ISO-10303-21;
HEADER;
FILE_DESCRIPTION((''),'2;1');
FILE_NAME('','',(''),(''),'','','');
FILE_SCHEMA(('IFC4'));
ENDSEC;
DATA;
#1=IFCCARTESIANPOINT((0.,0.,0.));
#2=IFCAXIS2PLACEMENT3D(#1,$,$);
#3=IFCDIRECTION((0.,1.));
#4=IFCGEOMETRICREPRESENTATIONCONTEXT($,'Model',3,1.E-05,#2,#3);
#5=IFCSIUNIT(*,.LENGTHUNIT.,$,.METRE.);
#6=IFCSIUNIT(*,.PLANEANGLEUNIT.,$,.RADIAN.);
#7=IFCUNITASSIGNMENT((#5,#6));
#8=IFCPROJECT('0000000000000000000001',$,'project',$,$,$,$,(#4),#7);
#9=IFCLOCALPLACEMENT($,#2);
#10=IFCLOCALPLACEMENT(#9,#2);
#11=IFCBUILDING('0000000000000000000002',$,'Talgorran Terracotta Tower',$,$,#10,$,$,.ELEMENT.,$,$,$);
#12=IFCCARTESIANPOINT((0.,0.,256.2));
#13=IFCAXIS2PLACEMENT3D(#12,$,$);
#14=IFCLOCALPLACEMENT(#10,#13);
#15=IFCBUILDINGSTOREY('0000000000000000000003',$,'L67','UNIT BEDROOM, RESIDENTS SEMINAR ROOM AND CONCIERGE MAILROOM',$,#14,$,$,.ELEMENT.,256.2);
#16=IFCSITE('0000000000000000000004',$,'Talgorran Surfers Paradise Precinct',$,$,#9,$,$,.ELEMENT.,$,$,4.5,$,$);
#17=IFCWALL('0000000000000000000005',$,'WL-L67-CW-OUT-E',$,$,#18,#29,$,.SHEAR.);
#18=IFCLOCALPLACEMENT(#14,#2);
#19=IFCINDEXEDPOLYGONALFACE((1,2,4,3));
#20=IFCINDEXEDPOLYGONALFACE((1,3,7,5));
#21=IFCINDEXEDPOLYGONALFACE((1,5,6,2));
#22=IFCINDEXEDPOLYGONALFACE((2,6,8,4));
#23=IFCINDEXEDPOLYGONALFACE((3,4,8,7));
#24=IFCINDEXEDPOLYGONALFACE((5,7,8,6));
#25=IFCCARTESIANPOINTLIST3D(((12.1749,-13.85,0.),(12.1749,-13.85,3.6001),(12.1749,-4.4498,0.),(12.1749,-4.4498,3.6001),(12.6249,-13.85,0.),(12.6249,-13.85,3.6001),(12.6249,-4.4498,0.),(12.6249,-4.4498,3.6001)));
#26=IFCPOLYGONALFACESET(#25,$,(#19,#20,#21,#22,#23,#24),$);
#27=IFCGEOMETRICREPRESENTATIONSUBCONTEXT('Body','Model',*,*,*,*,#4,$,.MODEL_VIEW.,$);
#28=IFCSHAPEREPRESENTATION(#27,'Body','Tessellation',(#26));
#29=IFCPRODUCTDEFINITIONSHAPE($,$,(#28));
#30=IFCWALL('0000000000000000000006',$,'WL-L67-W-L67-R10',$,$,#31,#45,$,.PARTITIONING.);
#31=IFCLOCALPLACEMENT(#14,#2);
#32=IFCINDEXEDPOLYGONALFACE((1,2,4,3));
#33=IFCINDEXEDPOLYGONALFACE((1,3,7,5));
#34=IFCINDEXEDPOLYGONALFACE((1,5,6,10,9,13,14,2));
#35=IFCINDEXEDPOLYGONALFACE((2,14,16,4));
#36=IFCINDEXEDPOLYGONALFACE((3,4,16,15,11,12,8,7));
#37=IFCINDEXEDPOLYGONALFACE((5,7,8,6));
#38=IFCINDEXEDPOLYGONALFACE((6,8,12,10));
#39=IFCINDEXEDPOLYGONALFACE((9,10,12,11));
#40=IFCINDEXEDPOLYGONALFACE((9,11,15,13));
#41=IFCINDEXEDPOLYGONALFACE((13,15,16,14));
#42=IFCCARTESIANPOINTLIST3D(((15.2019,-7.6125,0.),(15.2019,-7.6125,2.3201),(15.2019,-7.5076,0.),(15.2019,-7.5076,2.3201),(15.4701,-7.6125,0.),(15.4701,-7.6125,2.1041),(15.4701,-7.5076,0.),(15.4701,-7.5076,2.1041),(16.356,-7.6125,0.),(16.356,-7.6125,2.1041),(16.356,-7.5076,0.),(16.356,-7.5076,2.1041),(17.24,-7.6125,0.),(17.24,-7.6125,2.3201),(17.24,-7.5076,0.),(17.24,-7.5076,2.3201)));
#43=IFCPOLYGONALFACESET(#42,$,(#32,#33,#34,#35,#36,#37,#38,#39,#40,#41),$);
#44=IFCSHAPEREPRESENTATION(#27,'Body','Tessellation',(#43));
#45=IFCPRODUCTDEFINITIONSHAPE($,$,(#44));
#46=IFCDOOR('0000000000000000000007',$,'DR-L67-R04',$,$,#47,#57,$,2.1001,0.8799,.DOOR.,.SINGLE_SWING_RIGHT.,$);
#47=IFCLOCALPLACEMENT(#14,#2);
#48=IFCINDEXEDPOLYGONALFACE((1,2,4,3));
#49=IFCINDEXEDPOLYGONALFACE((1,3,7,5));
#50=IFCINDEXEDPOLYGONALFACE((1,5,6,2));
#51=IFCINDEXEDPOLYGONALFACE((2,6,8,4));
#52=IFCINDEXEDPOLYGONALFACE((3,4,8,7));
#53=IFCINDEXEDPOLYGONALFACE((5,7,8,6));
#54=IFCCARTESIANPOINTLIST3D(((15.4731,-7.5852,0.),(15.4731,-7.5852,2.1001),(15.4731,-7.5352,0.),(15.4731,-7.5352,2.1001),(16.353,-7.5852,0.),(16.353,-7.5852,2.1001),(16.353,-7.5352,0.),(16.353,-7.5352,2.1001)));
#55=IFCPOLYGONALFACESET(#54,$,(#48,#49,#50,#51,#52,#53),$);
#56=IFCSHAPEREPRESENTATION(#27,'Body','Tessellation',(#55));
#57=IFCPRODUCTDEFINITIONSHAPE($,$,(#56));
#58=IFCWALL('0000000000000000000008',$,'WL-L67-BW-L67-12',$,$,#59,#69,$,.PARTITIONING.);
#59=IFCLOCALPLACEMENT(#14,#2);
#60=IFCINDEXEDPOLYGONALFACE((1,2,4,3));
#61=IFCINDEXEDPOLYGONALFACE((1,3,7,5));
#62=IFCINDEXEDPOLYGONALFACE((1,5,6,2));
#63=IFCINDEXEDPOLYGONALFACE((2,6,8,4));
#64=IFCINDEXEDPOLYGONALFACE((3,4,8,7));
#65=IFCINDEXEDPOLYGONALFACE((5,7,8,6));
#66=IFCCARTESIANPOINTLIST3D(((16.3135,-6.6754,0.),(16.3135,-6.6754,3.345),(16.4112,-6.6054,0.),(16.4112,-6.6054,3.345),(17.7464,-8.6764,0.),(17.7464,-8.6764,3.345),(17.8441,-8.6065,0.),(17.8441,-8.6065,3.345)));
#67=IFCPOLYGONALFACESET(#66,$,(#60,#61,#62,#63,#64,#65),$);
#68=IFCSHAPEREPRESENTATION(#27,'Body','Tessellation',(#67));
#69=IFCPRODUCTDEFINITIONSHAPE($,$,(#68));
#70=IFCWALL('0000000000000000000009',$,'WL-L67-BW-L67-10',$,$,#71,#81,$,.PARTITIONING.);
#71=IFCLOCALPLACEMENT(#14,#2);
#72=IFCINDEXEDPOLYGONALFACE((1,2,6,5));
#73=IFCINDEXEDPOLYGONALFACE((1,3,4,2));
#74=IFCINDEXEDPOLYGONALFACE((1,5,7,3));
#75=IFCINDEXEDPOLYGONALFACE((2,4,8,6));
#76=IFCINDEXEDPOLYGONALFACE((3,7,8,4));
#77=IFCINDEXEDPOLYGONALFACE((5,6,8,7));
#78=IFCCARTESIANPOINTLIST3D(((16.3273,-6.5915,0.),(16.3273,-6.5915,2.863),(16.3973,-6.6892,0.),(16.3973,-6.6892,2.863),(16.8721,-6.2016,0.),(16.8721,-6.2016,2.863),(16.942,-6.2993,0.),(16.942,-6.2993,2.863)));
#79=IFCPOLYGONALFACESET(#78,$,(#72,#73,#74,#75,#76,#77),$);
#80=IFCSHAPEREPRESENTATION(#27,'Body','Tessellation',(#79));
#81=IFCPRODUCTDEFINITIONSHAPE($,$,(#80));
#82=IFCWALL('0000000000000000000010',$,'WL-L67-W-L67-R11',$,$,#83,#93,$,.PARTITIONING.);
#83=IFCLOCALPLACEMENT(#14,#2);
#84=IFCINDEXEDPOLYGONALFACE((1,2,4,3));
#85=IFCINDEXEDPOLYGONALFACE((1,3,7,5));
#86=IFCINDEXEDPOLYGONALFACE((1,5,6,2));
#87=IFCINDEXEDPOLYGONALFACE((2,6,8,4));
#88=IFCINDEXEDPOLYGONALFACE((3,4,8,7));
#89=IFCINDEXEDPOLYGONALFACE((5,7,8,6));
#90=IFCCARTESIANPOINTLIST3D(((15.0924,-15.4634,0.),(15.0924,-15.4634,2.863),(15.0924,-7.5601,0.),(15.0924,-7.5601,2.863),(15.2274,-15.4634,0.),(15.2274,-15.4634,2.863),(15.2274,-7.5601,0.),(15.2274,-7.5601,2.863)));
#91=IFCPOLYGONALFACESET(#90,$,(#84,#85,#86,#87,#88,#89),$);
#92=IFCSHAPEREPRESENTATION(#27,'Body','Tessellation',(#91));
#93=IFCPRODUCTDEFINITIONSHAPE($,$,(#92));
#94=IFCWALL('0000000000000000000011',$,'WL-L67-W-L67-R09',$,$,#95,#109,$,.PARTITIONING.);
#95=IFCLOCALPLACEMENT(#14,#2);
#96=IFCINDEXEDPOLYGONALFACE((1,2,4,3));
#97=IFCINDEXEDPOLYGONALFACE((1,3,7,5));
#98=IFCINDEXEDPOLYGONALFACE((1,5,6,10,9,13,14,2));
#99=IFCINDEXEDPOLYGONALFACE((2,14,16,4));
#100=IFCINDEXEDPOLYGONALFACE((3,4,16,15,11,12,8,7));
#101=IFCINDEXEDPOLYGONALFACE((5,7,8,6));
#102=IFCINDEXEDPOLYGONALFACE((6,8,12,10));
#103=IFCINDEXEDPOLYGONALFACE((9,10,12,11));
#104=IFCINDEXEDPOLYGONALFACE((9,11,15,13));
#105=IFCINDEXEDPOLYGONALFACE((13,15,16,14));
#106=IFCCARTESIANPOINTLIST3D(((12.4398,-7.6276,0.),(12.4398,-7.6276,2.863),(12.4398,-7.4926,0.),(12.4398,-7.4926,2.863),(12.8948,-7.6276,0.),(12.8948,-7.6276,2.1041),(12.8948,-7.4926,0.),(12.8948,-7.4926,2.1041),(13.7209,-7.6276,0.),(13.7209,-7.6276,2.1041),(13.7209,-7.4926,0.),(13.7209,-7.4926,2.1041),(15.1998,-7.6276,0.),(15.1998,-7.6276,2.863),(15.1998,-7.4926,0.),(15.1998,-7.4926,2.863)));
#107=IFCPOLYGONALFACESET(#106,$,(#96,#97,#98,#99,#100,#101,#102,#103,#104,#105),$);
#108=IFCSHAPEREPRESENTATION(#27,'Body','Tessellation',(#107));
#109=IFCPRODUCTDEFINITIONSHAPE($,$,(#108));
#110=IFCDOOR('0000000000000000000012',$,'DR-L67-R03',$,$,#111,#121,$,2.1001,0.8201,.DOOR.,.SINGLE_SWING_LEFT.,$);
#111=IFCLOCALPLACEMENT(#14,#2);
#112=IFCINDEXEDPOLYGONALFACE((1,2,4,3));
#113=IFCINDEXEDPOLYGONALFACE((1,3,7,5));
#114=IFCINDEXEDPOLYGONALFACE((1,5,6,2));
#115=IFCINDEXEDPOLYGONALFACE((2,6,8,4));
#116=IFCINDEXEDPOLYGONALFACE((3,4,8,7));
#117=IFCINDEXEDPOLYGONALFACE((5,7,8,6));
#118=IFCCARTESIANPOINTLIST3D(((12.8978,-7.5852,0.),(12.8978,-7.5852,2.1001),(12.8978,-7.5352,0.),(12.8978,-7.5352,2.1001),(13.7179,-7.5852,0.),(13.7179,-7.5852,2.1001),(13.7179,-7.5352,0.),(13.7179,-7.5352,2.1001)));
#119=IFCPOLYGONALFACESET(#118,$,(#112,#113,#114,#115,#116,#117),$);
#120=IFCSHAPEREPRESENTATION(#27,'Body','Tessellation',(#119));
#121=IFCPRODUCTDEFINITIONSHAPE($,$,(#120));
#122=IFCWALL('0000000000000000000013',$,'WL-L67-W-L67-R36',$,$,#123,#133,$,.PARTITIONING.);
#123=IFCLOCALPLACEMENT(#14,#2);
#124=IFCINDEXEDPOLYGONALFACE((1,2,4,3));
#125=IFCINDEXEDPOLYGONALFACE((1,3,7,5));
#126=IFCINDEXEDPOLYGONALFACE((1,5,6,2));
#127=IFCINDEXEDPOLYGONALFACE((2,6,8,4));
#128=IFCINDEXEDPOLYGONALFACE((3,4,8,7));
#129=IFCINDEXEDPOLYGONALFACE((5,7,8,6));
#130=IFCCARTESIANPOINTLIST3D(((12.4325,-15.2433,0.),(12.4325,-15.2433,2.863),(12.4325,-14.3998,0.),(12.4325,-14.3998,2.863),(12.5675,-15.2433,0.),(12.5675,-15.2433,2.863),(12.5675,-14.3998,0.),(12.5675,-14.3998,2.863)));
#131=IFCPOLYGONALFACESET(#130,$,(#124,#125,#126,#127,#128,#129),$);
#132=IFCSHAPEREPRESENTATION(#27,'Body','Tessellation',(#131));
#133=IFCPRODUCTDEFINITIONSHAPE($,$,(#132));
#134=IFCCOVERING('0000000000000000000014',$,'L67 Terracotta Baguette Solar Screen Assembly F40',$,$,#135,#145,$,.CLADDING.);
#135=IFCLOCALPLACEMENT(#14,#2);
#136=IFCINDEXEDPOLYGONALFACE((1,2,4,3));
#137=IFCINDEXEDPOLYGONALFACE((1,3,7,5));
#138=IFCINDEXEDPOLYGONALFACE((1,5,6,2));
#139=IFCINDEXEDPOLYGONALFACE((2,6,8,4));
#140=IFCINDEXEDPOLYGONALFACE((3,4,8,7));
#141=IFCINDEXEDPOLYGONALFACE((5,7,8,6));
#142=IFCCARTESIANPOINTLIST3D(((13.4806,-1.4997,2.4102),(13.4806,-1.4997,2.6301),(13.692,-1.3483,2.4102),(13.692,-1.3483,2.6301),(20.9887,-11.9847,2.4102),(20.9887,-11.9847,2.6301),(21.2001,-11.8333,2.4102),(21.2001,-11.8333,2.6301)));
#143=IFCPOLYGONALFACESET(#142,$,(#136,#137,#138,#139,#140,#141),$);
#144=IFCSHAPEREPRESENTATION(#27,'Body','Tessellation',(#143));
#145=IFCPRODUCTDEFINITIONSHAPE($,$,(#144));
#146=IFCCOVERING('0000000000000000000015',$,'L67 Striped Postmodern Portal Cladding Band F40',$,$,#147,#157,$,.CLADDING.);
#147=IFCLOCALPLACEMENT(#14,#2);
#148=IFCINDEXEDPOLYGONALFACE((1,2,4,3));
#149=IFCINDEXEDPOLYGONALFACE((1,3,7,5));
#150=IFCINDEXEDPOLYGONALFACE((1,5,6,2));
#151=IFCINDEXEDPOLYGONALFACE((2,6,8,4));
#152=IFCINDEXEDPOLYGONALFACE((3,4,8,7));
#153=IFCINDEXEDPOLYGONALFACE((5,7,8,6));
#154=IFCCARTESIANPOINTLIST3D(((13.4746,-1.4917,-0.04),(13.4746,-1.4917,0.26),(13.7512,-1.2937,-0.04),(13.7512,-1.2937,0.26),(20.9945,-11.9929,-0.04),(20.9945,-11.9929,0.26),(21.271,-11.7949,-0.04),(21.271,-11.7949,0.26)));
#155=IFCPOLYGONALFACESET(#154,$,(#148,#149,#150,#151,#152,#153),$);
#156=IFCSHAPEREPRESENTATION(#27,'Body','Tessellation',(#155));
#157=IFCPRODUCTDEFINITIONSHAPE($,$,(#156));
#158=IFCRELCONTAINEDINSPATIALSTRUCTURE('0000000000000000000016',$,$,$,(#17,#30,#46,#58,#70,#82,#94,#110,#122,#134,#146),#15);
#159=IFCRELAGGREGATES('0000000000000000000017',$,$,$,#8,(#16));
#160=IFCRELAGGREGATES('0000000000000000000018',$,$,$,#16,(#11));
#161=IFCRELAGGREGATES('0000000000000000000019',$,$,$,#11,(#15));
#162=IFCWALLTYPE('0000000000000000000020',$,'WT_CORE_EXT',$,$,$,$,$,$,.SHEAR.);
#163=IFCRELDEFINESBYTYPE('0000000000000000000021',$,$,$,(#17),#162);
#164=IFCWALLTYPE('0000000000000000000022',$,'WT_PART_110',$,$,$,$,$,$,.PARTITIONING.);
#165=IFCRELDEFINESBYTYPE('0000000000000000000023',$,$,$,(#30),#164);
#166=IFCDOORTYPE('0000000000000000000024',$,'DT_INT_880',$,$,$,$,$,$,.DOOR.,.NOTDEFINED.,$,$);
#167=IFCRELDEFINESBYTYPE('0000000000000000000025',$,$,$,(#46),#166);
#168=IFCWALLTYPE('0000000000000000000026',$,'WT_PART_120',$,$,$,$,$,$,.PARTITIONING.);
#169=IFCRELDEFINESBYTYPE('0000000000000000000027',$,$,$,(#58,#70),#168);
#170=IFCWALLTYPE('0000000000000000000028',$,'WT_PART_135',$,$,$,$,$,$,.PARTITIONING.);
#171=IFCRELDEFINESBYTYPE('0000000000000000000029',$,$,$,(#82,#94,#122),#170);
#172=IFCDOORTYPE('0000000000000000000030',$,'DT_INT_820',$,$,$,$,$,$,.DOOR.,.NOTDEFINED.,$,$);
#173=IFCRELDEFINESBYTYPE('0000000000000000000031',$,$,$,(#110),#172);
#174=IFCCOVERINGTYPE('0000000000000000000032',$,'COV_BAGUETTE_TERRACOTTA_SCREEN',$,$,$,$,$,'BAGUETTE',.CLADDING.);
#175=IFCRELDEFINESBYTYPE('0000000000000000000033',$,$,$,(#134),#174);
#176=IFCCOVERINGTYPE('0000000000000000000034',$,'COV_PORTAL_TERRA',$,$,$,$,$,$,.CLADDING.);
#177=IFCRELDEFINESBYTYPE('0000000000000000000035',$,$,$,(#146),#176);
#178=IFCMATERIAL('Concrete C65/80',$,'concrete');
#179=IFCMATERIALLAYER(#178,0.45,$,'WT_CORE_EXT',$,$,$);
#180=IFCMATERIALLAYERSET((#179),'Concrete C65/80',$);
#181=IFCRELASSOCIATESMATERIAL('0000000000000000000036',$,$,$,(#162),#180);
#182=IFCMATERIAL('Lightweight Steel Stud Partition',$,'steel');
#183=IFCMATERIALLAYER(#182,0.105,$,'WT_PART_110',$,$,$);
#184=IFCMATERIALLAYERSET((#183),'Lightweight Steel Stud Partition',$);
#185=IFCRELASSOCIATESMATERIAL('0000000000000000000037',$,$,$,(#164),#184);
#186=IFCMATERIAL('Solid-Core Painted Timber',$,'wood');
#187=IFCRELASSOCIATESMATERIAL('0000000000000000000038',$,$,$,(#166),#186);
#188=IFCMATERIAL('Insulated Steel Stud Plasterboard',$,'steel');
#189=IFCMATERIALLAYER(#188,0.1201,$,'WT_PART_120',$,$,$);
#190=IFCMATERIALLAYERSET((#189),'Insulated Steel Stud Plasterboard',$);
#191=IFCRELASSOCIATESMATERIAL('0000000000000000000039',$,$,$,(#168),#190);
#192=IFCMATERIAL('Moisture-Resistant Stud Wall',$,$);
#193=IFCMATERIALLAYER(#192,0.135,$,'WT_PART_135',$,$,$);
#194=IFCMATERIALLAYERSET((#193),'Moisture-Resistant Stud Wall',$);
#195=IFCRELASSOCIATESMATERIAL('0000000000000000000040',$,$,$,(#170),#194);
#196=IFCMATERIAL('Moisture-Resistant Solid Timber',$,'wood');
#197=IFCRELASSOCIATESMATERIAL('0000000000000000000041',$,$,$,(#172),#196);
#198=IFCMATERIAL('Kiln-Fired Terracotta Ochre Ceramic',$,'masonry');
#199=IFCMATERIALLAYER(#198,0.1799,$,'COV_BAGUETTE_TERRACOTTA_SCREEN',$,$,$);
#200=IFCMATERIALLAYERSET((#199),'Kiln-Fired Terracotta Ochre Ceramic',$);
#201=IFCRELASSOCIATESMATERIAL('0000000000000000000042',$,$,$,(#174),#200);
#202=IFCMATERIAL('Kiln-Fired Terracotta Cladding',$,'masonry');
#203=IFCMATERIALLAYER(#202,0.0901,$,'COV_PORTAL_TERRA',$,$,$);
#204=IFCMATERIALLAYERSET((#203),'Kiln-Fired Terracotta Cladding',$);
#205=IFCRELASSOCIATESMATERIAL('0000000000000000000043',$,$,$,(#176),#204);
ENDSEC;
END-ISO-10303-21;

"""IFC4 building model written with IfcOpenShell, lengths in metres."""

from ifc_helpers import new_model, si_unit, direction, frame, frame_2d, origin, origin_2d, place, context, subcontext, project, spatial, rectangle, extrude, material, layer, layer_set, type_object, element, fill, save


model = new_model("IFC4")

# Units and contexts
model_context = context("Model", 3, precision=1e-05, world=origin(), true_north=direction((0.0, 1.0)))
body_context = subcontext(model_context, "Body", "Model", "MODEL_VIEW")
ifc_project = project(units=[si_unit("LENGTHUNIT", "METRE"), si_unit("PLANEANGLEUNIT", "RADIAN")], contexts=[model_context])

# Site, building, storey
site_placement = place(None, origin())
site = spatial("IfcSite", under=ifc_project, at=site_placement, Name="Talgorran Surfers Paradise Precinct", CompositionType="ELEMENT", RefElevation=4.5)
building_placement = place(site_placement, origin())
building = spatial("IfcBuilding", under=site, at=building_placement, Name="Talgorran Terracotta Tower", CompositionType="ELEMENT")
storey_placement = place(building_placement, frame((0.0, 0.0, 256.2)))
storey = spatial("IfcBuildingStorey", under=building, at=storey_placement, Name="L67", Description="UNIT BEDROOM, RESIDENTS SEMINAR ROOM AND CONCIERGE MAILROOM", CompositionType="ELEMENT", Elevation=256.2)

# Wall
ifc_material_1 = material(Name="Concrete C65/80", Category="concrete")
ifc_layer_1 = layer(ifc_material_1, 0.45, Name="WT_CORE_EXT")
ifc_layer_set_1 = layer_set([ifc_layer_1], Name="Concrete C65/80")
wall_type_1 = type_object("IfcWallType", Name="WT_CORE_EXT", PredefinedType="SHEAR", material=ifc_layer_set_1)
wall_1_placement = place(storey_placement, frame((12.3999, -13.8501, 0.0), z_axis=(0.0, 0.0, 1.0), x_axis=(0.0, 1.0, 0.0)))
element("IfcWall", 1, at=wall_1_placement, inside=storey, type_object=wall_type_1, Name="WL-L67-CW-OUT-E", PredefinedType="SHEAR", context=body_context, shape_type="SweptSolid", body=[
    extrude(rectangle(XDim=9.4001, YDim=0.45, at=frame_2d((4.7002, 0.0))), origin(), (0.0, 0.0, 1.0), 3.6001),
])

# Wall, opening, door
ifc_material_2 = material(Name="Lightweight Steel Stud Partition", Category="steel")
ifc_layer_2 = layer(ifc_material_2, 0.105, Name="WT_PART_110")
ifc_layer_set_2 = layer_set([ifc_layer_2], Name="Lightweight Steel Stud Partition")
wall_type_2 = type_object("IfcWallType", Name="WT_PART_110", PredefinedType="PARTITIONING", material=ifc_layer_set_2)
wall_2_placement = place(storey_placement, frame((15.2019, -7.5601, 0.0), z_axis=(0.0, 0.0, 1.0), x_axis=(1.0, 0.0, 0.0)))
wall_2 = element("IfcWall", 2, at=wall_2_placement, inside=storey, type_object=wall_type_2, Name="WL-L67-W-L67-R10", PredefinedType="PARTITIONING", context=body_context, shape_type="SweptSolid", body=[
    extrude(rectangle(XDim=2.0381, YDim=0.105, at=frame_2d((1.019, 0.0))), origin(), (0.0, 0.0, 1.0), 2.3201),
])
opening_1_placement = place(wall_2_placement, frame((0.2712, 0.0, 0.0)))
opening_1 = element("IfcOpeningElement", 3, at=opening_1_placement, cuts=wall_2, PredefinedType="OPENING", context=body_context, shape_type="SweptSolid", body=[
    extrude(rectangle(XDim=0.8859, YDim=2.1041, at=frame_2d((0.4399, 1.052))), frame((0.0, 0.0625, 0.0), z_axis=(0.0, -1.0, 0.0), x_axis=(1.0, 0.0, 0.0)), (0.0, 0.0, 1.0), 0.125),
])
ifc_material_3 = material(Name="Solid-Core Painted Timber", Category="wood")
door_type_1 = type_object("IfcDoorType", Name="DT_INT_880", OperationType="NOTDEFINED", PredefinedType="DOOR", material=ifc_material_3)
door_1_placement = place(opening_1_placement, origin())
door_1 = element("IfcDoor", 4, at=door_1_placement, inside=storey, type_object=door_type_1, Name="DR-L67-R04", OperationType="SINGLE_SWING_RIGHT", OverallHeight=2.1001, OverallWidth=0.8799, PredefinedType="DOOR", context=body_context, shape_type="SweptSolid", body=[
    extrude(rectangle(XDim=0.8799, YDim=2.1001, at=frame_2d((0.4399, 1.05))), frame((0.0, 0.0249, 0.0), z_axis=(0.0, -1.0, 0.0), x_axis=(1.0, 0.0, 0.0)), (0.0, 0.0, 1.0), 0.05),
])
fill(opening_1, door_1)

# Walls
ifc_material_4 = material(Name="Insulated Steel Stud Plasterboard", Category="steel")
ifc_layer_3 = layer(ifc_material_4, 0.1201, Name="WT_PART_120")
ifc_layer_set_3 = layer_set([ifc_layer_3], Name="Insulated Steel Stud Plasterboard")
wall_type_3 = type_object("IfcWallType", Name="WT_PART_120", PredefinedType="PARTITIONING", material=ifc_layer_set_3)
wall_3_placement = place(storey_placement, frame((17.7952, -8.6414, 0.0), z_axis=(0.0, 0.0, 1.0), x_axis=(-0.582204, 0.813043, 0.0)))
element("IfcWall", 5, at=wall_3_placement, inside=storey, type_object=wall_type_3, Name="WL-L67-BW-L67-12", PredefinedType="PARTITIONING", context=body_context, shape_type="SweptSolid", body=[
    extrude(rectangle(XDim=2.4612, YDim=0.1201, at=frame_2d((1.2305, 0.0))), origin(), (0.0, 0.0, 1.0), 3.345),
])
wall_4_placement = place(storey_placement, frame((16.3623, -6.6404, 0.0), z_axis=(0.0, 0.0, 1.0), x_axis=(0.813142, 0.582065, 0.0)))
element("IfcWall", 6, at=wall_4_placement, inside=storey, type_object=wall_type_3, Name="WL-L67-BW-L67-10", PredefinedType="PARTITIONING", context=body_context, shape_type="SweptSolid", body=[
    extrude(rectangle(XDim=0.6699, YDim=0.1201, at=frame_2d((0.335, 0.0))), origin(), (0.0, 0.0, 1.0), 2.863),
])
ifc_material_5 = material(Name="Moisture-Resistant Stud Wall")
ifc_layer_4 = layer(ifc_material_5, 0.135, Name="WT_PART_135")
ifc_layer_set_4 = layer_set([ifc_layer_4], Name="Moisture-Resistant Stud Wall")
wall_type_4 = type_object("IfcWallType", Name="WT_PART_135", PredefinedType="PARTITIONING", material=ifc_layer_set_4)
wall_5_placement = place(storey_placement, frame((15.1599, -15.4634, 0.0), z_axis=(0.0, 0.0, 1.0), x_axis=(0.0, 1.0, 0.0)))
element("IfcWall", 7, at=wall_5_placement, inside=storey, type_object=wall_type_4, Name="WL-L67-W-L67-R11", PredefinedType="PARTITIONING", context=body_context, shape_type="SweptSolid", body=[
    extrude(rectangle(XDim=7.9033, YDim=0.135, at=frame_2d((3.9517, 0.0))), origin(), (0.0, 0.0, 1.0), 2.863),
])

# Wall, opening, door
wall_6_placement = place(storey_placement, frame((12.4399, -7.5601, 0.0), z_axis=(0.0, 0.0, 1.0), x_axis=(1.0, 0.0, 0.0)))
wall_6 = element("IfcWall", 8, at=wall_6_placement, inside=storey, type_object=wall_type_4, Name="WL-L67-W-L67-R09", PredefinedType="PARTITIONING", context=body_context, shape_type="SweptSolid", body=[
    extrude(rectangle(XDim=2.76, YDim=0.135, at=frame_2d((1.3799, 0.0))), origin(), (0.0, 0.0, 1.0), 2.863),
])
opening_2_placement = place(wall_6_placement, frame((0.4578, 0.0, 0.0)))
opening_2 = element("IfcOpeningElement", 9, at=opening_2_placement, cuts=wall_6, PredefinedType="OPENING", context=body_context, shape_type="SweptSolid", body=[
    extrude(rectangle(XDim=0.8261, YDim=2.1041, at=frame_2d((0.4102, 1.052))), frame((0.0, 0.0776, 0.0), z_axis=(0.0, -1.0, 0.0), x_axis=(1.0, 0.0, 0.0)), (0.0, 0.0, 1.0), 0.155),
])
ifc_material_6 = material(Name="Moisture-Resistant Solid Timber", Category="wood")
door_type_2 = type_object("IfcDoorType", Name="DT_INT_820", OperationType="NOTDEFINED", PredefinedType="DOOR", material=ifc_material_6)
door_2_placement = place(opening_2_placement, origin())
door_2 = element("IfcDoor", 10, at=door_2_placement, inside=storey, type_object=door_type_2, Name="DR-L67-R03", OperationType="SINGLE_SWING_LEFT", OverallHeight=2.1001, OverallWidth=0.8201, PredefinedType="DOOR", context=body_context, shape_type="SweptSolid", body=[
    extrude(rectangle(XDim=0.8201, YDim=2.1001, at=frame_2d((0.4102, 1.05))), frame((0.0, 0.0249, 0.0), z_axis=(0.0, -1.0, 0.0), x_axis=(1.0, 0.0, 0.0)), (0.0, 0.0, 1.0), 0.05),
])
fill(opening_2, door_2)

# Wall
wall_7_placement = place(storey_placement, frame((12.5, -15.2434, 0.0), z_axis=(0.0, 0.0, 1.0), x_axis=(0.0, 1.0, 0.0)))
element("IfcWall", 11, at=wall_7_placement, inside=storey, type_object=wall_type_4, Name="WL-L67-W-L67-R36", PredefinedType="PARTITIONING", context=body_context, shape_type="SweptSolid", body=[
    extrude(rectangle(XDim=0.8435, YDim=0.135, at=frame_2d((0.4219, 0.0))), origin(), (0.0, 0.0, 1.0), 2.863),
])

# Coverings
ifc_material_7 = material(Name="Kiln-Fired Terracotta Ochre Ceramic", Category="masonry")
ifc_layer_5 = layer(ifc_material_7, 0.1799, Name="COV_BAGUETTE_TERRACOTTA_SCREEN")
ifc_layer_set_5 = layer_set([ifc_layer_5], Name="Kiln-Fired Terracotta Ochre Ceramic")
covering_type_1 = type_object("IfcCoveringType", Name="COV_BAGUETTE_TERRACOTTA_SCREEN", ElementType="BAGUETTE", PredefinedType="CLADDING", material=ifc_layer_set_5)
covering_1_placement = place(storey_placement, frame((17.3403, -6.6665, 2.4102), z_axis=(0.0, 0.0, 1.0), x_axis=(-0.582208, 0.81304, 0.0)))
element("IfcCovering", 12, at=covering_1_placement, inside=storey, type_object=covering_type_1, Name="L67 Terracotta Baguette Solar Screen Assembly F40", PredefinedType="CLADDING", context=body_context, shape_type="SweptSolid", body=[
    extrude(rectangle(XDim=12.896, YDim=0.26, at=origin_2d()), origin(), (0.0, 0.0, 1.0), 0.22),
])
ifc_material_8 = material(Name="Kiln-Fired Terracotta Cladding", Category="masonry")
ifc_layer_6 = layer(ifc_material_8, 0.0901, Name="COV_PORTAL_TERRA")
ifc_layer_set_6 = layer_set([ifc_layer_6], Name="Kiln-Fired Terracotta Cladding")
covering_type_2 = type_object("IfcCoveringType", Name="COV_PORTAL_TERRA", PredefinedType="CLADDING", material=ifc_layer_set_6)
covering_2_placement = place(storey_placement, frame((17.3728, -6.6433, -0.04), z_axis=(0.0, 0.0, 1.0), x_axis=(-0.582208, 0.81304, 0.0)))
element("IfcCovering", 13, at=covering_2_placement, inside=storey, type_object=covering_type_2, Name="L67 Striped Postmodern Portal Cladding Band F40", PredefinedType="CLADDING", context=body_context, shape_type="SweptSolid", body=[
    extrude(rectangle(XDim=12.916, YDim=0.3401, at=origin_2d()), origin(), (0.0, 0.0, 1.0), 0.3),
])

save(model, "model.ifc")
